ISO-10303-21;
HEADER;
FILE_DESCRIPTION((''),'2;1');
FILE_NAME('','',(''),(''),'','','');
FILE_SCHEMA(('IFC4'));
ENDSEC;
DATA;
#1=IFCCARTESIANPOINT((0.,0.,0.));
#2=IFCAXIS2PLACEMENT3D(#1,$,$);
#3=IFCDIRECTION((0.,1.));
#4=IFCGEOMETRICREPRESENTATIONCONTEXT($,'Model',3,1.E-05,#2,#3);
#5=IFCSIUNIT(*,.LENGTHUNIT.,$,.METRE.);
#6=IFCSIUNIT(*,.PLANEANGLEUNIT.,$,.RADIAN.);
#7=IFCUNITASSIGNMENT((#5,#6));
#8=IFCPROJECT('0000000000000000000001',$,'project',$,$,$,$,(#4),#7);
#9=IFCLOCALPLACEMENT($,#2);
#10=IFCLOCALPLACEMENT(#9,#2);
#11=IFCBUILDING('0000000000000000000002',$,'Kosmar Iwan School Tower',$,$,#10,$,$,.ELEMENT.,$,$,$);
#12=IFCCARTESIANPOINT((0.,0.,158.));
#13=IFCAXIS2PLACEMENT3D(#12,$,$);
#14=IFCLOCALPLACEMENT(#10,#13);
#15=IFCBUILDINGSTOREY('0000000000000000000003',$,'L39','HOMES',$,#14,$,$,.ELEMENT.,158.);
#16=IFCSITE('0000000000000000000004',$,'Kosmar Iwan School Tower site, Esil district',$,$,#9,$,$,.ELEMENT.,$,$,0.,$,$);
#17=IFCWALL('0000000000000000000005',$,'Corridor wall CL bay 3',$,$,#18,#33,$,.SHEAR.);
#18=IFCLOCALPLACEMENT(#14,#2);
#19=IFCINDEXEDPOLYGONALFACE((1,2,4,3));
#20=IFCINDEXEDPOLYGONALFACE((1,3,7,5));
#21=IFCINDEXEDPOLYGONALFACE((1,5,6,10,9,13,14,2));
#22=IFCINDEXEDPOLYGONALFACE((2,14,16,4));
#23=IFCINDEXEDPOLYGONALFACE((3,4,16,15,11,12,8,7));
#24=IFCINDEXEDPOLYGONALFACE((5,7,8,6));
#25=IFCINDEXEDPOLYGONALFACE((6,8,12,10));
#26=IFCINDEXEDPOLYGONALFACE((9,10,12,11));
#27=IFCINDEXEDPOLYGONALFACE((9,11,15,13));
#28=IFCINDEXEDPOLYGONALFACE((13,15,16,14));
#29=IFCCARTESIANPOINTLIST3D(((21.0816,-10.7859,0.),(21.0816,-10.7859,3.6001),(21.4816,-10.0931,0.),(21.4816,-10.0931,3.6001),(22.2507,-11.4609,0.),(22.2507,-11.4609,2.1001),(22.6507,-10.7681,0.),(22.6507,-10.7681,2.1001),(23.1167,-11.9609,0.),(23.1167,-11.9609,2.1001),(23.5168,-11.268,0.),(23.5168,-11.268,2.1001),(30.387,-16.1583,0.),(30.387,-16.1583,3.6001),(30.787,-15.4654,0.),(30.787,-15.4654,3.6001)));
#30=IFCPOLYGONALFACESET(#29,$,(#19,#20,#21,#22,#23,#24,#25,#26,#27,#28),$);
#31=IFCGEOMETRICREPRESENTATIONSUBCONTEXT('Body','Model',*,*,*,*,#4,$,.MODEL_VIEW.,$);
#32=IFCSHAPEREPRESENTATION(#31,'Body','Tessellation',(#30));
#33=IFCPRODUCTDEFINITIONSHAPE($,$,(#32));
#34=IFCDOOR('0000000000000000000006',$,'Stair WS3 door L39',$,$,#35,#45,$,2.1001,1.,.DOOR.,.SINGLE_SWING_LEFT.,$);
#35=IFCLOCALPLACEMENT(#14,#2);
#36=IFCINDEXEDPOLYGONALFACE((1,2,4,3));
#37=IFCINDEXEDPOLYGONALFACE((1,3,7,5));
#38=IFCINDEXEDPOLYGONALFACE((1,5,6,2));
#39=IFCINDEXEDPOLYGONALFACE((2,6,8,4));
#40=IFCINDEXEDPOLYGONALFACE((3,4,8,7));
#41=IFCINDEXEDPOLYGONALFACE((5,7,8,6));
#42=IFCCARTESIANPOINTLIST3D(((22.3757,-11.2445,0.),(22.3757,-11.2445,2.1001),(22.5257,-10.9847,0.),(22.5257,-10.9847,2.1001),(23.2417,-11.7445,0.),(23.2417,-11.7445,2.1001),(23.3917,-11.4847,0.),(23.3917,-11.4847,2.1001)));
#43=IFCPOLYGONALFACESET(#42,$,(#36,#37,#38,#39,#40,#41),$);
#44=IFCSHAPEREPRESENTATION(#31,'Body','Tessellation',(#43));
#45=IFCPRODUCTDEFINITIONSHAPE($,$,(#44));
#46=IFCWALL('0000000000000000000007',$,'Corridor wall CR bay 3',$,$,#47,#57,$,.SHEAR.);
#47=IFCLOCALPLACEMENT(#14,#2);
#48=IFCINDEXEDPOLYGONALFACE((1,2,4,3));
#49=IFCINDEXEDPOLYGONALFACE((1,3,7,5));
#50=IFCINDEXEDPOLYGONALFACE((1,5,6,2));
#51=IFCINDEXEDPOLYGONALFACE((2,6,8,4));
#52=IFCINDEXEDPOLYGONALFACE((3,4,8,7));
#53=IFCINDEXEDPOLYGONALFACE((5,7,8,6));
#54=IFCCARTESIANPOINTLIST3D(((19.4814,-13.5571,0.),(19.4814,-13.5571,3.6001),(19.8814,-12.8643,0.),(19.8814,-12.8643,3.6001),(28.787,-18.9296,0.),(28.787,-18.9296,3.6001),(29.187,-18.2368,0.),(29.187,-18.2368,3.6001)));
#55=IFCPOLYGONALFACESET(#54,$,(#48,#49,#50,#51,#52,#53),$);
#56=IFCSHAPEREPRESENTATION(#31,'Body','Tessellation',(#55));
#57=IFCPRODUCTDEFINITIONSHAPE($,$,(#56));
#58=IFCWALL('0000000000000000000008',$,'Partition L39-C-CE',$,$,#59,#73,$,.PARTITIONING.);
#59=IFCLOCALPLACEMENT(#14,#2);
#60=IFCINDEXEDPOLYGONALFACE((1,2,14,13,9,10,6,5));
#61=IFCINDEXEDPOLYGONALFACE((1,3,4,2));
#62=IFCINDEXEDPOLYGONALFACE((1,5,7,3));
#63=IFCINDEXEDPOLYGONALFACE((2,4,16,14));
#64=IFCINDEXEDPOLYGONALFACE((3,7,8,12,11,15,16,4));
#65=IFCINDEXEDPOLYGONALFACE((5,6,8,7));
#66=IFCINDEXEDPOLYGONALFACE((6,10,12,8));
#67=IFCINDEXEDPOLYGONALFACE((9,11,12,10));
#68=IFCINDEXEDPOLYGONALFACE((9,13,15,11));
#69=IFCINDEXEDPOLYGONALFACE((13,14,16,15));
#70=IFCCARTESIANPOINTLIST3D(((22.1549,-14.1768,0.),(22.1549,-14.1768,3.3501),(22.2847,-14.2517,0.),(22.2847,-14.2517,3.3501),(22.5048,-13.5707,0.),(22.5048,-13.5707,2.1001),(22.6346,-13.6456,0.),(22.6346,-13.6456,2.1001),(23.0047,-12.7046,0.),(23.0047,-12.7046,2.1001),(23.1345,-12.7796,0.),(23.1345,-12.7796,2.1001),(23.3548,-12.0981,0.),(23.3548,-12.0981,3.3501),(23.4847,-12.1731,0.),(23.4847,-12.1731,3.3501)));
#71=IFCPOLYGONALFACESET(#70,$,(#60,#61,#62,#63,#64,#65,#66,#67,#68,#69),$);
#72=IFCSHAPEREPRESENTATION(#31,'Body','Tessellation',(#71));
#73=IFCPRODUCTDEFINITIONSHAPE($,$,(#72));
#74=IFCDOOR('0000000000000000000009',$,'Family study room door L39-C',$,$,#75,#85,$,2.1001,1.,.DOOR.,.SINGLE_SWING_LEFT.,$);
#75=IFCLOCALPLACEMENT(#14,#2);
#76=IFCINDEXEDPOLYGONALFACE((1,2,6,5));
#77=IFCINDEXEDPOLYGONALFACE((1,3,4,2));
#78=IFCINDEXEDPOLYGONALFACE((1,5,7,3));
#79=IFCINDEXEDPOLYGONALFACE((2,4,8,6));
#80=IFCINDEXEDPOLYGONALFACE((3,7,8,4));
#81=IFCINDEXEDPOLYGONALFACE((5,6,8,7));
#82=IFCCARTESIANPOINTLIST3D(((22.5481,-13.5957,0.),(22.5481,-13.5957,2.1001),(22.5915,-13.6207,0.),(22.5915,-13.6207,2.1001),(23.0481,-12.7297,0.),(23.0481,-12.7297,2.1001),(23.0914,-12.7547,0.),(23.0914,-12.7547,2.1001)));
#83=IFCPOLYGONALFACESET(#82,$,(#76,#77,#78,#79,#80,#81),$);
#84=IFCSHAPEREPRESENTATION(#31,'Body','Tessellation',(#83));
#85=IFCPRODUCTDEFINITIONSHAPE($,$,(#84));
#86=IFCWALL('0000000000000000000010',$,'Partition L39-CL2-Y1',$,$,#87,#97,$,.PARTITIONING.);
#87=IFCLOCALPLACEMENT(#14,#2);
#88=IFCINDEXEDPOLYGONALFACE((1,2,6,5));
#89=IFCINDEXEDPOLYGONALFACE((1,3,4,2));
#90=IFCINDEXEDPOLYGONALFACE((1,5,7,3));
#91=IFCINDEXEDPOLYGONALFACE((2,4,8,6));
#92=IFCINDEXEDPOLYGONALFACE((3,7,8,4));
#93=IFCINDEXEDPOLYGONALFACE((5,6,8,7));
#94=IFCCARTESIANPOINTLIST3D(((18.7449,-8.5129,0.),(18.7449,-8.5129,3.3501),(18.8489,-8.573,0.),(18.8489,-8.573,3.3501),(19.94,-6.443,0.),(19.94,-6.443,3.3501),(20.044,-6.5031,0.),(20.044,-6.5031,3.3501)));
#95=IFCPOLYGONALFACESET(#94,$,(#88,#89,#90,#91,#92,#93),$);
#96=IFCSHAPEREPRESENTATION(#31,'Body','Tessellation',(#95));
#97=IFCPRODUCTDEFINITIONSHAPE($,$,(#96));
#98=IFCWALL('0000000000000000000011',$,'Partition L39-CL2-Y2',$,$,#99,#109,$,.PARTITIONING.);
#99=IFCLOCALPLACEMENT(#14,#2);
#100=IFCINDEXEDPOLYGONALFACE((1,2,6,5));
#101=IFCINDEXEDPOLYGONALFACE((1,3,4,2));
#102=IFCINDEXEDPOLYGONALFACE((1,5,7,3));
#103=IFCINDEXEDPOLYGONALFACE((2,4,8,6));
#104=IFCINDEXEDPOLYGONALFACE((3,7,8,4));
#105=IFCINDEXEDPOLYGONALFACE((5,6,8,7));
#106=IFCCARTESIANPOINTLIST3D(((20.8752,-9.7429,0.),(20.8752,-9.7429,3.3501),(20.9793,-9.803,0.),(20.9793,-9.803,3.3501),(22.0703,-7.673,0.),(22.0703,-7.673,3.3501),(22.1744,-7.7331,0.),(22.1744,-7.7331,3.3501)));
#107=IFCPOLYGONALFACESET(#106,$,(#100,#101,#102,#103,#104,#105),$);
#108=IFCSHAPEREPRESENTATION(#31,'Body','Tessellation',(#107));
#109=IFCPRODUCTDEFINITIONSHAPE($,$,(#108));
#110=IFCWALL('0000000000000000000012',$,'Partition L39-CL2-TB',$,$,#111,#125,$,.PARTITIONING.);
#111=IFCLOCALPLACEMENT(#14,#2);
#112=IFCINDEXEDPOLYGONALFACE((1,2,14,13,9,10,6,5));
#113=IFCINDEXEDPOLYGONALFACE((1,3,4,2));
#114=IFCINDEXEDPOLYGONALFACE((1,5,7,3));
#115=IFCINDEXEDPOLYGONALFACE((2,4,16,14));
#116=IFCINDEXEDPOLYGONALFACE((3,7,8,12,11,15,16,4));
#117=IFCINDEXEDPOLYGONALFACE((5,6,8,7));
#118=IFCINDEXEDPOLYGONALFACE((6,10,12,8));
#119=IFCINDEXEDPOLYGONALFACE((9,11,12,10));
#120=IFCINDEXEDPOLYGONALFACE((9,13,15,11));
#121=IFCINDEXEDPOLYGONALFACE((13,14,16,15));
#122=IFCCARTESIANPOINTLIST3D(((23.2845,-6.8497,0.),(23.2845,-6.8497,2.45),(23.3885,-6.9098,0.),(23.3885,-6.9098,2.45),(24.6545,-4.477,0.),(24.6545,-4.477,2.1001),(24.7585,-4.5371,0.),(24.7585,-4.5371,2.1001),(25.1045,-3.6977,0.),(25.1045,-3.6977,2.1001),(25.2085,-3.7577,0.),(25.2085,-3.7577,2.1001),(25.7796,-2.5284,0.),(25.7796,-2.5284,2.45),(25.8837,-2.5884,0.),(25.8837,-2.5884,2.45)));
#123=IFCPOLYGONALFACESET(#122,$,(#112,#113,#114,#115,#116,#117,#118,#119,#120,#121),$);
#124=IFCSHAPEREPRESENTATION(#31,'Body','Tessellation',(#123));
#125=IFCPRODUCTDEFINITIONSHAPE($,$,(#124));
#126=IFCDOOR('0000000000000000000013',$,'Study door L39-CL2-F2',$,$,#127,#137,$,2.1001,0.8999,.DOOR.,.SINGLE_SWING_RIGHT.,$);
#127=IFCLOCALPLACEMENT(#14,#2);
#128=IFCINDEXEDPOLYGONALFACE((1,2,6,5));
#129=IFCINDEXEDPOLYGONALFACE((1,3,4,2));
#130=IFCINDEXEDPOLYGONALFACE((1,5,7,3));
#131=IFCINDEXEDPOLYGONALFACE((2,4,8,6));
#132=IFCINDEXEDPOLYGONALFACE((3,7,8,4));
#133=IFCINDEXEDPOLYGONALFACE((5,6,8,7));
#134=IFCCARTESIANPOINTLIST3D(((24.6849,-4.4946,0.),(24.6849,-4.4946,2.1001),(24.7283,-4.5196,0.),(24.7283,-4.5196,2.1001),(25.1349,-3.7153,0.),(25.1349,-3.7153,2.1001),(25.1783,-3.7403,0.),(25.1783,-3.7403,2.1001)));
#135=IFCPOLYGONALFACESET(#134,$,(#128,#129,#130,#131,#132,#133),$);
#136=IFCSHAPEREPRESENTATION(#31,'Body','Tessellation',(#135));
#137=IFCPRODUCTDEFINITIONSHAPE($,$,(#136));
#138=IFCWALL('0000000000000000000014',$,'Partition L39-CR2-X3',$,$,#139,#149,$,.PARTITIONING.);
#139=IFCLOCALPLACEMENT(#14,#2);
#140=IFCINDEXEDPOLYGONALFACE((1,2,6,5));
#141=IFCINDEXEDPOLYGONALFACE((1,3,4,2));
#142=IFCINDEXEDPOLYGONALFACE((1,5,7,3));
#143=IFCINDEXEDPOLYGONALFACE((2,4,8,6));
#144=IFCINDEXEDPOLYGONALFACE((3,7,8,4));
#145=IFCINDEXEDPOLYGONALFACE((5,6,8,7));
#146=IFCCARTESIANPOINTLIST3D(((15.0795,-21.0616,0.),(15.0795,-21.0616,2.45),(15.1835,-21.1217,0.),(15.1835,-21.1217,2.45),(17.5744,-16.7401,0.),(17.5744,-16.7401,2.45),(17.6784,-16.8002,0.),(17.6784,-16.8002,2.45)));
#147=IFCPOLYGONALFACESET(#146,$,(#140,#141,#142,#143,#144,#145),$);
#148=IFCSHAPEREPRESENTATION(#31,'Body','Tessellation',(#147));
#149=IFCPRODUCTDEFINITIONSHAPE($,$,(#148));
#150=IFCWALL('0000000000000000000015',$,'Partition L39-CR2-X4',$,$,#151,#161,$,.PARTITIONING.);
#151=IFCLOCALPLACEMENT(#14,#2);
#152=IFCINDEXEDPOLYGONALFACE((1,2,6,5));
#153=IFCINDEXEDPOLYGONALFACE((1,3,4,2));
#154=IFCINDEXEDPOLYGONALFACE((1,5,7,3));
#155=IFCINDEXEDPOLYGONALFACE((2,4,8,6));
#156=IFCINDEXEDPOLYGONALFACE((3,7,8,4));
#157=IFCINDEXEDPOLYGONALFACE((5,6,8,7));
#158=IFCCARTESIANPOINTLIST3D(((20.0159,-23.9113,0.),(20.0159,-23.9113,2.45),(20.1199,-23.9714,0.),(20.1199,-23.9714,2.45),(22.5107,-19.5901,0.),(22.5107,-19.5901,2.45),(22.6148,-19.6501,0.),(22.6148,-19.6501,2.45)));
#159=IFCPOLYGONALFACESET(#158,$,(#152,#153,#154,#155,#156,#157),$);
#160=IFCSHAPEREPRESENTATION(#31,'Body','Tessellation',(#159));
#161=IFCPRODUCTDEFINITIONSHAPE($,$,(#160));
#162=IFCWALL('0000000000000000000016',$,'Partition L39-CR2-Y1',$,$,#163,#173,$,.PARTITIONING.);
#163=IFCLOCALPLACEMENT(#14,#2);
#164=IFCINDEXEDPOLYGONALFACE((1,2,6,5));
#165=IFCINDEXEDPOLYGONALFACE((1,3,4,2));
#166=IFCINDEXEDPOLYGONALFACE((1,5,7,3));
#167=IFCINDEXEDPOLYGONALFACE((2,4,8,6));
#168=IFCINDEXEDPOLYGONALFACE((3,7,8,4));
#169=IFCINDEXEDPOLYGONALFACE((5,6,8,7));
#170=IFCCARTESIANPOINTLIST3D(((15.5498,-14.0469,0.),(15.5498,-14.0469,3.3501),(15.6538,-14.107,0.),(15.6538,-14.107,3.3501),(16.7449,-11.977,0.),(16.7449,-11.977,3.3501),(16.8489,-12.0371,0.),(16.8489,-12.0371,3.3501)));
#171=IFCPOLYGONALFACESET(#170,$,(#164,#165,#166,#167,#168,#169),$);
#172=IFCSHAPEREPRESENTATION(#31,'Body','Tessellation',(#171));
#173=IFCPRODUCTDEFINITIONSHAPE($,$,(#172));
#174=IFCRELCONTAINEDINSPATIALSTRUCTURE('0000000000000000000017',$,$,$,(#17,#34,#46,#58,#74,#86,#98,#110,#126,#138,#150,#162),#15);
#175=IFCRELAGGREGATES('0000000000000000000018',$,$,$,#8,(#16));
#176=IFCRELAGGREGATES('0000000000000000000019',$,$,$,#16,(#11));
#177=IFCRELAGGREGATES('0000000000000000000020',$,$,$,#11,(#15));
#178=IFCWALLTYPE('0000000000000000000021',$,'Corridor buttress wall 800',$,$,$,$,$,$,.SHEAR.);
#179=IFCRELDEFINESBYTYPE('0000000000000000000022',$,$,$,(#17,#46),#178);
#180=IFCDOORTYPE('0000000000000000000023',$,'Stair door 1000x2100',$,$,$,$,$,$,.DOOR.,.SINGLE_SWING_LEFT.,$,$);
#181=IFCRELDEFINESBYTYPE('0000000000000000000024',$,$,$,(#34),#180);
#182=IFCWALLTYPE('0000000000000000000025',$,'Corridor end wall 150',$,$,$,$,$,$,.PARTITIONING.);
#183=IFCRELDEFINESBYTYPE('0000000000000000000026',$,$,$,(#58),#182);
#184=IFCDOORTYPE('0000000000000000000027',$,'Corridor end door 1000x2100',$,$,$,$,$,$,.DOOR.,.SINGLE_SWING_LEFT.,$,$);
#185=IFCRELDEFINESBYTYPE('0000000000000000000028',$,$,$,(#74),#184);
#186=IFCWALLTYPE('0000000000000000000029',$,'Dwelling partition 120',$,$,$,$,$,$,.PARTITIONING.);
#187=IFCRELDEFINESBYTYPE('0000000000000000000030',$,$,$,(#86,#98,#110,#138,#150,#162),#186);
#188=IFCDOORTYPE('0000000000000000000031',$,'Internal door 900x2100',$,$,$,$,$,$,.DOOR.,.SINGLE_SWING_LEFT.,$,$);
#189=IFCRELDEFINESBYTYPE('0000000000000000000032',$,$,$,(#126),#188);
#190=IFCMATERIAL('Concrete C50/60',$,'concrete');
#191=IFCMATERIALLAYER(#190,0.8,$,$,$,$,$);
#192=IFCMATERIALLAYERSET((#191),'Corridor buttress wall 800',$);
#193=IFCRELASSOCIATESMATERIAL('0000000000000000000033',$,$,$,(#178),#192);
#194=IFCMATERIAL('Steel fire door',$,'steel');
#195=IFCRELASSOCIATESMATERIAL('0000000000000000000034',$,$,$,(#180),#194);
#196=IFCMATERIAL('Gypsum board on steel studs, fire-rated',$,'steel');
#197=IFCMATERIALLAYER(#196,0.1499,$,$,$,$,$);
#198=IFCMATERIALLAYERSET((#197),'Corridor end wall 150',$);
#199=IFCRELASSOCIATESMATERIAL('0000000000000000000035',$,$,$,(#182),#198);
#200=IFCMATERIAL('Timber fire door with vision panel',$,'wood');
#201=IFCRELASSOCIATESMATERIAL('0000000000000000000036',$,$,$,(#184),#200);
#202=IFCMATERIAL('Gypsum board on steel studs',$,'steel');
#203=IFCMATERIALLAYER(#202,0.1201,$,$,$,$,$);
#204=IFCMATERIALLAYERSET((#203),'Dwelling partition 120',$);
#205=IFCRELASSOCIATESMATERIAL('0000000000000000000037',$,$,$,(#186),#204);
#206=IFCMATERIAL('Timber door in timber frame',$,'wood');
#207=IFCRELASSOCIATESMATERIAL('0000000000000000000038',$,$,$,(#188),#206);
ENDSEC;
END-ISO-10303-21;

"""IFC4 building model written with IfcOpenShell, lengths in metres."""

from ifc_helpers import new_model, si_unit, direction, frame, frame_2d, origin, place, context, subcontext, project, spatial, rectangle, extrude, material, layer, layer_set, type_object, element, fill, save


model = new_model("IFC4")

# Units and contexts
model_context = context("Model", 3, precision=1e-05, world=origin(), true_north=direction((0.0, 1.0)))
body_context = subcontext(model_context, "Body", "Model", "MODEL_VIEW")
ifc_project = project(units=[si_unit("LENGTHUNIT", "METRE"), si_unit("PLANEANGLEUNIT", "RADIAN")], contexts=[model_context])

# Site, building, storey
site_placement = place(None, origin())
site = spatial("IfcSite", under=ifc_project, at=site_placement, Name="Kosmar Iwan School Tower site, Esil district", CompositionType="ELEMENT", RefElevation=0.0)
building_placement = place(site_placement, origin())
building = spatial("IfcBuilding", under=site, at=building_placement, Name="Kosmar Iwan School Tower", CompositionType="ELEMENT")
storey_placement = place(building_placement, frame((0.0, 0.0, 158.0)))
storey = spatial("IfcBuildingStorey", under=building, at=storey_placement, Name="L39", Description="HOMES", CompositionType="ELEMENT", Elevation=158.0)

# Wall, opening, door
ifc_material_1 = material(Name="Concrete C50/60", Category="concrete")
ifc_layer_1 = layer(ifc_material_1, 0.8)
ifc_layer_set_1 = layer_set([ifc_layer_1], Name="Corridor buttress wall 800")
wall_type_1 = type_object("IfcWallType", Name="Corridor buttress wall 800", PredefinedType="SHEAR", material=ifc_layer_set_1)
wall_1_placement = place(storey_placement, frame((21.2815, -10.4395, 0.0), z_axis=(0.0, 0.0, 1.0), x_axis=(0.866032, -0.499988, 0.0)))
wall_1 = element("IfcWall", 1, at=wall_1_placement, inside=storey, type_object=wall_type_1, Name="Corridor wall CL bay 3", PredefinedType="SHEAR", context=body_context, shape_type="SweptSolid", body=[
    extrude(rectangle(XDim=10.7449, YDim=0.8, at=frame_2d((5.3726, 0.0))), origin(), (0.0, 0.0, 1.0), 3.6001),
])
opening_1_placement = place(wall_1_placement, frame((1.3501, 0.0, 0.0)))
opening_1 = element("IfcOpeningElement", 2, at=opening_1_placement, cuts=wall_1, PredefinedType="OPENING", context=body_context, shape_type="SweptSolid", body=[
    extrude(rectangle(XDim=1.0, YDim=2.1001, at=frame_2d((0.5, 1.05))), frame((0.0, 0.4121, 0.0), z_axis=(0.0, -1.0, 0.0), x_axis=(1.0, 0.0, 0.0)), (0.0, 0.0, 1.0), 0.824),
])
ifc_material_2 = material(Name="Steel fire door", Category="steel")
door_type_1 = type_object("IfcDoorType", Name="Stair door 1000x2100", OperationType="SINGLE_SWING_LEFT", PredefinedType="DOOR", material=ifc_material_2)
door_1_placement = place(opening_1_placement, origin())
door_1 = element("IfcDoor", 3, at=door_1_placement, inside=storey, type_object=door_type_1, Name="Stair WS3 door L39", OperationType="SINGLE_SWING_LEFT", OverallHeight=2.1001, OverallWidth=1.0, PredefinedType="DOOR", context=body_context, shape_type="SweptSolid", body=[
    extrude(rectangle(XDim=1.0, YDim=2.1001, at=frame_2d((0.5, 1.05))), frame((0.0, 0.1499, 0.0), z_axis=(0.0, -1.0, 0.0), x_axis=(1.0, 0.0, 0.0)), (0.0, 0.0, 1.0), 0.3),
])
fill(opening_1, door_1)

# Wall
wall_2_placement = place(storey_placement, frame((19.6814, -13.2107, 0.0), z_axis=(0.0, 0.0, 1.0), x_axis=(0.866028, -0.499995, 0.0)))
element("IfcWall", 4, at=wall_2_placement, inside=storey, type_object=wall_type_1, Name="Corridor wall CR bay 3", PredefinedType="SHEAR", context=body_context, shape_type="SweptSolid", body=[
    extrude(rectangle(XDim=10.7451, YDim=0.8, at=frame_2d((5.3726, 0.0))), origin(), (0.0, 0.0, 1.0), 3.6001),
])

# Wall, opening, door
ifc_material_3 = material(Name="Gypsum board on steel studs, fire-rated", Category="steel")
ifc_layer_2 = layer(ifc_material_3, 0.1499)
ifc_layer_set_2 = layer_set([ifc_layer_2], Name="Corridor end wall 150")
wall_type_2 = type_object("IfcWallType", Name="Corridor end wall 150", PredefinedType="PARTITIONING", material=ifc_layer_set_2)
wall_3_placement = place(storey_placement, frame((22.2197, -14.2144, 0.0), z_axis=(0.0, 0.0, 1.0), x_axis=(0.499957, 0.86605, 0.0)))
wall_3 = element("IfcWall", 5, at=wall_3_placement, inside=storey, type_object=wall_type_2, Name="Partition L39-C-CE", PredefinedType="PARTITIONING", context=body_context, shape_type="SweptSolid", body=[
    extrude(rectangle(XDim=2.4001, YDim=0.1499, at=frame_2d((1.2002, 0.0))), origin(), (0.0, 0.0, 1.0), 3.3501),
])
opening_2_placement = place(wall_3_placement, frame((0.7, 0.0, 0.0)))
opening_2 = element("IfcOpeningElement", 6, at=opening_2_placement, cuts=wall_3, PredefinedType="OPENING", context=body_context, shape_type="SweptSolid", body=[
    extrude(rectangle(XDim=1.0, YDim=2.1001, at=frame_2d((0.5, 1.05))), frame((0.0, 0.0869, 0.0), z_axis=(0.0, -1.0, 0.0), x_axis=(1.0, 0.0, 0.0)), (0.0, 0.0, 1.0), 0.1738),
])
ifc_material_4 = material(Name="Timber fire door with vision panel", Category="wood")
door_type_2 = type_object("IfcDoorType", Name="Corridor end door 1000x2100", OperationType="SINGLE_SWING_LEFT", PredefinedType="DOOR", material=ifc_material_4)
door_2_placement = place(opening_2_placement, origin())
door_2 = element("IfcDoor", 7, at=door_2_placement, inside=storey, type_object=door_type_2, Name="Family study room door L39-C", OperationType="SINGLE_SWING_LEFT", OverallHeight=2.1001, OverallWidth=1.0, PredefinedType="DOOR", context=body_context, shape_type="SweptSolid", body=[
    extrude(rectangle(XDim=1.0, YDim=2.1001, at=frame_2d((0.5, 1.05))), frame((0.0, 0.0249, 0.0), z_axis=(0.0, -1.0, 0.0), x_axis=(1.0, 0.0, 0.0)), (0.0, 0.0, 1.0), 0.05),
])
fill(opening_2, door_2)

# Walls
ifc_material_5 = material(Name="Gypsum board on steel studs", Category="steel")
ifc_layer_3 = layer(ifc_material_5, 0.1201)
ifc_layer_set_3 = layer_set([ifc_layer_3], Name="Dwelling partition 120")
wall_type_3 = type_object("IfcWallType", Name="Dwelling partition 120", PredefinedType="PARTITIONING", material=ifc_layer_set_3)
for number, where, z_axis, x_axis, name in (
    (8, (18.7969, -8.543, 0.0), (0.0, 0.0, 1.0), (0.500017, 0.866015, 0.0), "Partition L39-CL2-Y1"),
    (9, (20.9272, -9.7729, 0.0), (0.0, 0.0, 1.0), (0.500017, 0.866015, 0.0), "Partition L39-CL2-Y2"),
):
    element("IfcWall", number, at=place(storey_placement, frame(where, z_axis=z_axis, x_axis=x_axis)), inside=storey, type_object=wall_type_3, Name=name, PredefinedType="PARTITIONING", context=body_context, shape_type="SweptSolid", body=[
        extrude(rectangle(XDim=2.3901, YDim=0.1201, at=frame_2d((1.1951, 0.0))), origin(), (0.0, 0.0, 1.0), 3.3501),
    ])

# Wall, opening, door
wall_4_placement = place(storey_placement, frame((23.3364, -6.8799, 0.0), z_axis=(0.0, 0.0, 1.0), x_axis=(0.500033, 0.866006, 0.0)))
wall_4 = element("IfcWall", 10, at=wall_4_placement, inside=storey, type_object=wall_type_3, Name="Partition L39-CL2-TB", PredefinedType="PARTITIONING", context=body_context, shape_type="SweptSolid", body=[
    extrude(rectangle(XDim=4.99, YDim=0.1201, at=frame_2d((2.4951, 0.0))), origin(), (0.0, 0.0, 1.0), 2.45),
])
opening_3_placement = place(wall_4_placement, frame((2.74, 0.0, 0.0)))
opening_3 = element("IfcOpeningElement", 11, at=opening_3_placement, cuts=wall_4, PredefinedType="OPENING", context=body_context, shape_type="SweptSolid", body=[
    extrude(rectangle(XDim=0.8999, YDim=2.1001, at=frame_2d((0.45, 1.05))), frame((0.0, 0.072, 0.0), z_axis=(0.0, -1.0, 0.0), x_axis=(1.0, 0.0, 0.0)), (0.0, 0.0, 1.0), 0.144),
])
ifc_material_6 = material(Name="Timber door in timber frame", Category="wood")
door_type_3 = type_object("IfcDoorType", Name="Internal door 900x2100", OperationType="SINGLE_SWING_LEFT", PredefinedType="DOOR", material=ifc_material_6)
door_3_placement = place(opening_3_placement, origin())
door_3 = element("IfcDoor", 12, at=door_3_placement, inside=storey, type_object=door_type_3, Name="Study door L39-CL2-F2", OperationType="SINGLE_SWING_RIGHT", OverallHeight=2.1001, OverallWidth=0.8999, PredefinedType="DOOR", context=body_context, shape_type="SweptSolid", body=[
    extrude(rectangle(XDim=0.8999, YDim=2.1001, at=frame_2d((0.45, 1.05))), frame((0.0, 0.0249, 0.0), z_axis=(0.0, -1.0, 0.0), x_axis=(1.0, 0.0, 0.0)), (0.0, 0.0, 1.0), 0.05),
])
fill(opening_3, door_3)

# Walls
wall_5_placement = place(storey_placement, frame((17.6265, -16.77, 0.0), z_axis=(0.0, 0.0, 1.0), x_axis=(-0.499975, -0.86604, 0.0)))
element("IfcWall", 13, at=wall_5_placement, inside=storey, type_object=wall_type_3, Name="Partition L39-CR2-X3", PredefinedType="PARTITIONING", context=body_context, shape_type="SweptSolid", body=[
    extrude(rectangle(XDim=4.99, YDim=0.1201, at=frame_2d((2.4951, 0.0))), origin(), (0.0, 0.0, 1.0), 2.45),
])
wall_6_placement = place(storey_placement, frame((22.5627, -19.6201, 0.0), z_axis=(0.0, 0.0, 1.0), x_axis=(-0.499996, -0.866028, 0.0)))
element("IfcWall", 14, at=wall_6_placement, inside=storey, type_object=wall_type_3, Name="Partition L39-CR2-X4", PredefinedType="PARTITIONING", context=body_context, shape_type="SweptSolid", body=[
    extrude(rectangle(XDim=4.9897, YDim=0.1201, at=frame_2d((2.4949, 0.0))), origin(), (0.0, 0.0, 1.0), 2.45),
])
wall_7_placement = place(storey_placement, frame((16.7969, -12.0071, 0.0), z_axis=(0.0, 0.0, 1.0), x_axis=(-0.500017, -0.866015, 0.0)))
element("IfcWall", 15, at=wall_7_placement, inside=storey, type_object=wall_type_3, Name="Partition L39-CR2-Y1", PredefinedType="PARTITIONING", context=body_context, shape_type="SweptSolid", body=[
    extrude(rectangle(XDim=2.3901, YDim=0.1201, at=frame_2d((1.1951, 0.0))), origin(), (0.0, 0.0, 1.0), 3.3501),
])

save(model, "model.ifc")
